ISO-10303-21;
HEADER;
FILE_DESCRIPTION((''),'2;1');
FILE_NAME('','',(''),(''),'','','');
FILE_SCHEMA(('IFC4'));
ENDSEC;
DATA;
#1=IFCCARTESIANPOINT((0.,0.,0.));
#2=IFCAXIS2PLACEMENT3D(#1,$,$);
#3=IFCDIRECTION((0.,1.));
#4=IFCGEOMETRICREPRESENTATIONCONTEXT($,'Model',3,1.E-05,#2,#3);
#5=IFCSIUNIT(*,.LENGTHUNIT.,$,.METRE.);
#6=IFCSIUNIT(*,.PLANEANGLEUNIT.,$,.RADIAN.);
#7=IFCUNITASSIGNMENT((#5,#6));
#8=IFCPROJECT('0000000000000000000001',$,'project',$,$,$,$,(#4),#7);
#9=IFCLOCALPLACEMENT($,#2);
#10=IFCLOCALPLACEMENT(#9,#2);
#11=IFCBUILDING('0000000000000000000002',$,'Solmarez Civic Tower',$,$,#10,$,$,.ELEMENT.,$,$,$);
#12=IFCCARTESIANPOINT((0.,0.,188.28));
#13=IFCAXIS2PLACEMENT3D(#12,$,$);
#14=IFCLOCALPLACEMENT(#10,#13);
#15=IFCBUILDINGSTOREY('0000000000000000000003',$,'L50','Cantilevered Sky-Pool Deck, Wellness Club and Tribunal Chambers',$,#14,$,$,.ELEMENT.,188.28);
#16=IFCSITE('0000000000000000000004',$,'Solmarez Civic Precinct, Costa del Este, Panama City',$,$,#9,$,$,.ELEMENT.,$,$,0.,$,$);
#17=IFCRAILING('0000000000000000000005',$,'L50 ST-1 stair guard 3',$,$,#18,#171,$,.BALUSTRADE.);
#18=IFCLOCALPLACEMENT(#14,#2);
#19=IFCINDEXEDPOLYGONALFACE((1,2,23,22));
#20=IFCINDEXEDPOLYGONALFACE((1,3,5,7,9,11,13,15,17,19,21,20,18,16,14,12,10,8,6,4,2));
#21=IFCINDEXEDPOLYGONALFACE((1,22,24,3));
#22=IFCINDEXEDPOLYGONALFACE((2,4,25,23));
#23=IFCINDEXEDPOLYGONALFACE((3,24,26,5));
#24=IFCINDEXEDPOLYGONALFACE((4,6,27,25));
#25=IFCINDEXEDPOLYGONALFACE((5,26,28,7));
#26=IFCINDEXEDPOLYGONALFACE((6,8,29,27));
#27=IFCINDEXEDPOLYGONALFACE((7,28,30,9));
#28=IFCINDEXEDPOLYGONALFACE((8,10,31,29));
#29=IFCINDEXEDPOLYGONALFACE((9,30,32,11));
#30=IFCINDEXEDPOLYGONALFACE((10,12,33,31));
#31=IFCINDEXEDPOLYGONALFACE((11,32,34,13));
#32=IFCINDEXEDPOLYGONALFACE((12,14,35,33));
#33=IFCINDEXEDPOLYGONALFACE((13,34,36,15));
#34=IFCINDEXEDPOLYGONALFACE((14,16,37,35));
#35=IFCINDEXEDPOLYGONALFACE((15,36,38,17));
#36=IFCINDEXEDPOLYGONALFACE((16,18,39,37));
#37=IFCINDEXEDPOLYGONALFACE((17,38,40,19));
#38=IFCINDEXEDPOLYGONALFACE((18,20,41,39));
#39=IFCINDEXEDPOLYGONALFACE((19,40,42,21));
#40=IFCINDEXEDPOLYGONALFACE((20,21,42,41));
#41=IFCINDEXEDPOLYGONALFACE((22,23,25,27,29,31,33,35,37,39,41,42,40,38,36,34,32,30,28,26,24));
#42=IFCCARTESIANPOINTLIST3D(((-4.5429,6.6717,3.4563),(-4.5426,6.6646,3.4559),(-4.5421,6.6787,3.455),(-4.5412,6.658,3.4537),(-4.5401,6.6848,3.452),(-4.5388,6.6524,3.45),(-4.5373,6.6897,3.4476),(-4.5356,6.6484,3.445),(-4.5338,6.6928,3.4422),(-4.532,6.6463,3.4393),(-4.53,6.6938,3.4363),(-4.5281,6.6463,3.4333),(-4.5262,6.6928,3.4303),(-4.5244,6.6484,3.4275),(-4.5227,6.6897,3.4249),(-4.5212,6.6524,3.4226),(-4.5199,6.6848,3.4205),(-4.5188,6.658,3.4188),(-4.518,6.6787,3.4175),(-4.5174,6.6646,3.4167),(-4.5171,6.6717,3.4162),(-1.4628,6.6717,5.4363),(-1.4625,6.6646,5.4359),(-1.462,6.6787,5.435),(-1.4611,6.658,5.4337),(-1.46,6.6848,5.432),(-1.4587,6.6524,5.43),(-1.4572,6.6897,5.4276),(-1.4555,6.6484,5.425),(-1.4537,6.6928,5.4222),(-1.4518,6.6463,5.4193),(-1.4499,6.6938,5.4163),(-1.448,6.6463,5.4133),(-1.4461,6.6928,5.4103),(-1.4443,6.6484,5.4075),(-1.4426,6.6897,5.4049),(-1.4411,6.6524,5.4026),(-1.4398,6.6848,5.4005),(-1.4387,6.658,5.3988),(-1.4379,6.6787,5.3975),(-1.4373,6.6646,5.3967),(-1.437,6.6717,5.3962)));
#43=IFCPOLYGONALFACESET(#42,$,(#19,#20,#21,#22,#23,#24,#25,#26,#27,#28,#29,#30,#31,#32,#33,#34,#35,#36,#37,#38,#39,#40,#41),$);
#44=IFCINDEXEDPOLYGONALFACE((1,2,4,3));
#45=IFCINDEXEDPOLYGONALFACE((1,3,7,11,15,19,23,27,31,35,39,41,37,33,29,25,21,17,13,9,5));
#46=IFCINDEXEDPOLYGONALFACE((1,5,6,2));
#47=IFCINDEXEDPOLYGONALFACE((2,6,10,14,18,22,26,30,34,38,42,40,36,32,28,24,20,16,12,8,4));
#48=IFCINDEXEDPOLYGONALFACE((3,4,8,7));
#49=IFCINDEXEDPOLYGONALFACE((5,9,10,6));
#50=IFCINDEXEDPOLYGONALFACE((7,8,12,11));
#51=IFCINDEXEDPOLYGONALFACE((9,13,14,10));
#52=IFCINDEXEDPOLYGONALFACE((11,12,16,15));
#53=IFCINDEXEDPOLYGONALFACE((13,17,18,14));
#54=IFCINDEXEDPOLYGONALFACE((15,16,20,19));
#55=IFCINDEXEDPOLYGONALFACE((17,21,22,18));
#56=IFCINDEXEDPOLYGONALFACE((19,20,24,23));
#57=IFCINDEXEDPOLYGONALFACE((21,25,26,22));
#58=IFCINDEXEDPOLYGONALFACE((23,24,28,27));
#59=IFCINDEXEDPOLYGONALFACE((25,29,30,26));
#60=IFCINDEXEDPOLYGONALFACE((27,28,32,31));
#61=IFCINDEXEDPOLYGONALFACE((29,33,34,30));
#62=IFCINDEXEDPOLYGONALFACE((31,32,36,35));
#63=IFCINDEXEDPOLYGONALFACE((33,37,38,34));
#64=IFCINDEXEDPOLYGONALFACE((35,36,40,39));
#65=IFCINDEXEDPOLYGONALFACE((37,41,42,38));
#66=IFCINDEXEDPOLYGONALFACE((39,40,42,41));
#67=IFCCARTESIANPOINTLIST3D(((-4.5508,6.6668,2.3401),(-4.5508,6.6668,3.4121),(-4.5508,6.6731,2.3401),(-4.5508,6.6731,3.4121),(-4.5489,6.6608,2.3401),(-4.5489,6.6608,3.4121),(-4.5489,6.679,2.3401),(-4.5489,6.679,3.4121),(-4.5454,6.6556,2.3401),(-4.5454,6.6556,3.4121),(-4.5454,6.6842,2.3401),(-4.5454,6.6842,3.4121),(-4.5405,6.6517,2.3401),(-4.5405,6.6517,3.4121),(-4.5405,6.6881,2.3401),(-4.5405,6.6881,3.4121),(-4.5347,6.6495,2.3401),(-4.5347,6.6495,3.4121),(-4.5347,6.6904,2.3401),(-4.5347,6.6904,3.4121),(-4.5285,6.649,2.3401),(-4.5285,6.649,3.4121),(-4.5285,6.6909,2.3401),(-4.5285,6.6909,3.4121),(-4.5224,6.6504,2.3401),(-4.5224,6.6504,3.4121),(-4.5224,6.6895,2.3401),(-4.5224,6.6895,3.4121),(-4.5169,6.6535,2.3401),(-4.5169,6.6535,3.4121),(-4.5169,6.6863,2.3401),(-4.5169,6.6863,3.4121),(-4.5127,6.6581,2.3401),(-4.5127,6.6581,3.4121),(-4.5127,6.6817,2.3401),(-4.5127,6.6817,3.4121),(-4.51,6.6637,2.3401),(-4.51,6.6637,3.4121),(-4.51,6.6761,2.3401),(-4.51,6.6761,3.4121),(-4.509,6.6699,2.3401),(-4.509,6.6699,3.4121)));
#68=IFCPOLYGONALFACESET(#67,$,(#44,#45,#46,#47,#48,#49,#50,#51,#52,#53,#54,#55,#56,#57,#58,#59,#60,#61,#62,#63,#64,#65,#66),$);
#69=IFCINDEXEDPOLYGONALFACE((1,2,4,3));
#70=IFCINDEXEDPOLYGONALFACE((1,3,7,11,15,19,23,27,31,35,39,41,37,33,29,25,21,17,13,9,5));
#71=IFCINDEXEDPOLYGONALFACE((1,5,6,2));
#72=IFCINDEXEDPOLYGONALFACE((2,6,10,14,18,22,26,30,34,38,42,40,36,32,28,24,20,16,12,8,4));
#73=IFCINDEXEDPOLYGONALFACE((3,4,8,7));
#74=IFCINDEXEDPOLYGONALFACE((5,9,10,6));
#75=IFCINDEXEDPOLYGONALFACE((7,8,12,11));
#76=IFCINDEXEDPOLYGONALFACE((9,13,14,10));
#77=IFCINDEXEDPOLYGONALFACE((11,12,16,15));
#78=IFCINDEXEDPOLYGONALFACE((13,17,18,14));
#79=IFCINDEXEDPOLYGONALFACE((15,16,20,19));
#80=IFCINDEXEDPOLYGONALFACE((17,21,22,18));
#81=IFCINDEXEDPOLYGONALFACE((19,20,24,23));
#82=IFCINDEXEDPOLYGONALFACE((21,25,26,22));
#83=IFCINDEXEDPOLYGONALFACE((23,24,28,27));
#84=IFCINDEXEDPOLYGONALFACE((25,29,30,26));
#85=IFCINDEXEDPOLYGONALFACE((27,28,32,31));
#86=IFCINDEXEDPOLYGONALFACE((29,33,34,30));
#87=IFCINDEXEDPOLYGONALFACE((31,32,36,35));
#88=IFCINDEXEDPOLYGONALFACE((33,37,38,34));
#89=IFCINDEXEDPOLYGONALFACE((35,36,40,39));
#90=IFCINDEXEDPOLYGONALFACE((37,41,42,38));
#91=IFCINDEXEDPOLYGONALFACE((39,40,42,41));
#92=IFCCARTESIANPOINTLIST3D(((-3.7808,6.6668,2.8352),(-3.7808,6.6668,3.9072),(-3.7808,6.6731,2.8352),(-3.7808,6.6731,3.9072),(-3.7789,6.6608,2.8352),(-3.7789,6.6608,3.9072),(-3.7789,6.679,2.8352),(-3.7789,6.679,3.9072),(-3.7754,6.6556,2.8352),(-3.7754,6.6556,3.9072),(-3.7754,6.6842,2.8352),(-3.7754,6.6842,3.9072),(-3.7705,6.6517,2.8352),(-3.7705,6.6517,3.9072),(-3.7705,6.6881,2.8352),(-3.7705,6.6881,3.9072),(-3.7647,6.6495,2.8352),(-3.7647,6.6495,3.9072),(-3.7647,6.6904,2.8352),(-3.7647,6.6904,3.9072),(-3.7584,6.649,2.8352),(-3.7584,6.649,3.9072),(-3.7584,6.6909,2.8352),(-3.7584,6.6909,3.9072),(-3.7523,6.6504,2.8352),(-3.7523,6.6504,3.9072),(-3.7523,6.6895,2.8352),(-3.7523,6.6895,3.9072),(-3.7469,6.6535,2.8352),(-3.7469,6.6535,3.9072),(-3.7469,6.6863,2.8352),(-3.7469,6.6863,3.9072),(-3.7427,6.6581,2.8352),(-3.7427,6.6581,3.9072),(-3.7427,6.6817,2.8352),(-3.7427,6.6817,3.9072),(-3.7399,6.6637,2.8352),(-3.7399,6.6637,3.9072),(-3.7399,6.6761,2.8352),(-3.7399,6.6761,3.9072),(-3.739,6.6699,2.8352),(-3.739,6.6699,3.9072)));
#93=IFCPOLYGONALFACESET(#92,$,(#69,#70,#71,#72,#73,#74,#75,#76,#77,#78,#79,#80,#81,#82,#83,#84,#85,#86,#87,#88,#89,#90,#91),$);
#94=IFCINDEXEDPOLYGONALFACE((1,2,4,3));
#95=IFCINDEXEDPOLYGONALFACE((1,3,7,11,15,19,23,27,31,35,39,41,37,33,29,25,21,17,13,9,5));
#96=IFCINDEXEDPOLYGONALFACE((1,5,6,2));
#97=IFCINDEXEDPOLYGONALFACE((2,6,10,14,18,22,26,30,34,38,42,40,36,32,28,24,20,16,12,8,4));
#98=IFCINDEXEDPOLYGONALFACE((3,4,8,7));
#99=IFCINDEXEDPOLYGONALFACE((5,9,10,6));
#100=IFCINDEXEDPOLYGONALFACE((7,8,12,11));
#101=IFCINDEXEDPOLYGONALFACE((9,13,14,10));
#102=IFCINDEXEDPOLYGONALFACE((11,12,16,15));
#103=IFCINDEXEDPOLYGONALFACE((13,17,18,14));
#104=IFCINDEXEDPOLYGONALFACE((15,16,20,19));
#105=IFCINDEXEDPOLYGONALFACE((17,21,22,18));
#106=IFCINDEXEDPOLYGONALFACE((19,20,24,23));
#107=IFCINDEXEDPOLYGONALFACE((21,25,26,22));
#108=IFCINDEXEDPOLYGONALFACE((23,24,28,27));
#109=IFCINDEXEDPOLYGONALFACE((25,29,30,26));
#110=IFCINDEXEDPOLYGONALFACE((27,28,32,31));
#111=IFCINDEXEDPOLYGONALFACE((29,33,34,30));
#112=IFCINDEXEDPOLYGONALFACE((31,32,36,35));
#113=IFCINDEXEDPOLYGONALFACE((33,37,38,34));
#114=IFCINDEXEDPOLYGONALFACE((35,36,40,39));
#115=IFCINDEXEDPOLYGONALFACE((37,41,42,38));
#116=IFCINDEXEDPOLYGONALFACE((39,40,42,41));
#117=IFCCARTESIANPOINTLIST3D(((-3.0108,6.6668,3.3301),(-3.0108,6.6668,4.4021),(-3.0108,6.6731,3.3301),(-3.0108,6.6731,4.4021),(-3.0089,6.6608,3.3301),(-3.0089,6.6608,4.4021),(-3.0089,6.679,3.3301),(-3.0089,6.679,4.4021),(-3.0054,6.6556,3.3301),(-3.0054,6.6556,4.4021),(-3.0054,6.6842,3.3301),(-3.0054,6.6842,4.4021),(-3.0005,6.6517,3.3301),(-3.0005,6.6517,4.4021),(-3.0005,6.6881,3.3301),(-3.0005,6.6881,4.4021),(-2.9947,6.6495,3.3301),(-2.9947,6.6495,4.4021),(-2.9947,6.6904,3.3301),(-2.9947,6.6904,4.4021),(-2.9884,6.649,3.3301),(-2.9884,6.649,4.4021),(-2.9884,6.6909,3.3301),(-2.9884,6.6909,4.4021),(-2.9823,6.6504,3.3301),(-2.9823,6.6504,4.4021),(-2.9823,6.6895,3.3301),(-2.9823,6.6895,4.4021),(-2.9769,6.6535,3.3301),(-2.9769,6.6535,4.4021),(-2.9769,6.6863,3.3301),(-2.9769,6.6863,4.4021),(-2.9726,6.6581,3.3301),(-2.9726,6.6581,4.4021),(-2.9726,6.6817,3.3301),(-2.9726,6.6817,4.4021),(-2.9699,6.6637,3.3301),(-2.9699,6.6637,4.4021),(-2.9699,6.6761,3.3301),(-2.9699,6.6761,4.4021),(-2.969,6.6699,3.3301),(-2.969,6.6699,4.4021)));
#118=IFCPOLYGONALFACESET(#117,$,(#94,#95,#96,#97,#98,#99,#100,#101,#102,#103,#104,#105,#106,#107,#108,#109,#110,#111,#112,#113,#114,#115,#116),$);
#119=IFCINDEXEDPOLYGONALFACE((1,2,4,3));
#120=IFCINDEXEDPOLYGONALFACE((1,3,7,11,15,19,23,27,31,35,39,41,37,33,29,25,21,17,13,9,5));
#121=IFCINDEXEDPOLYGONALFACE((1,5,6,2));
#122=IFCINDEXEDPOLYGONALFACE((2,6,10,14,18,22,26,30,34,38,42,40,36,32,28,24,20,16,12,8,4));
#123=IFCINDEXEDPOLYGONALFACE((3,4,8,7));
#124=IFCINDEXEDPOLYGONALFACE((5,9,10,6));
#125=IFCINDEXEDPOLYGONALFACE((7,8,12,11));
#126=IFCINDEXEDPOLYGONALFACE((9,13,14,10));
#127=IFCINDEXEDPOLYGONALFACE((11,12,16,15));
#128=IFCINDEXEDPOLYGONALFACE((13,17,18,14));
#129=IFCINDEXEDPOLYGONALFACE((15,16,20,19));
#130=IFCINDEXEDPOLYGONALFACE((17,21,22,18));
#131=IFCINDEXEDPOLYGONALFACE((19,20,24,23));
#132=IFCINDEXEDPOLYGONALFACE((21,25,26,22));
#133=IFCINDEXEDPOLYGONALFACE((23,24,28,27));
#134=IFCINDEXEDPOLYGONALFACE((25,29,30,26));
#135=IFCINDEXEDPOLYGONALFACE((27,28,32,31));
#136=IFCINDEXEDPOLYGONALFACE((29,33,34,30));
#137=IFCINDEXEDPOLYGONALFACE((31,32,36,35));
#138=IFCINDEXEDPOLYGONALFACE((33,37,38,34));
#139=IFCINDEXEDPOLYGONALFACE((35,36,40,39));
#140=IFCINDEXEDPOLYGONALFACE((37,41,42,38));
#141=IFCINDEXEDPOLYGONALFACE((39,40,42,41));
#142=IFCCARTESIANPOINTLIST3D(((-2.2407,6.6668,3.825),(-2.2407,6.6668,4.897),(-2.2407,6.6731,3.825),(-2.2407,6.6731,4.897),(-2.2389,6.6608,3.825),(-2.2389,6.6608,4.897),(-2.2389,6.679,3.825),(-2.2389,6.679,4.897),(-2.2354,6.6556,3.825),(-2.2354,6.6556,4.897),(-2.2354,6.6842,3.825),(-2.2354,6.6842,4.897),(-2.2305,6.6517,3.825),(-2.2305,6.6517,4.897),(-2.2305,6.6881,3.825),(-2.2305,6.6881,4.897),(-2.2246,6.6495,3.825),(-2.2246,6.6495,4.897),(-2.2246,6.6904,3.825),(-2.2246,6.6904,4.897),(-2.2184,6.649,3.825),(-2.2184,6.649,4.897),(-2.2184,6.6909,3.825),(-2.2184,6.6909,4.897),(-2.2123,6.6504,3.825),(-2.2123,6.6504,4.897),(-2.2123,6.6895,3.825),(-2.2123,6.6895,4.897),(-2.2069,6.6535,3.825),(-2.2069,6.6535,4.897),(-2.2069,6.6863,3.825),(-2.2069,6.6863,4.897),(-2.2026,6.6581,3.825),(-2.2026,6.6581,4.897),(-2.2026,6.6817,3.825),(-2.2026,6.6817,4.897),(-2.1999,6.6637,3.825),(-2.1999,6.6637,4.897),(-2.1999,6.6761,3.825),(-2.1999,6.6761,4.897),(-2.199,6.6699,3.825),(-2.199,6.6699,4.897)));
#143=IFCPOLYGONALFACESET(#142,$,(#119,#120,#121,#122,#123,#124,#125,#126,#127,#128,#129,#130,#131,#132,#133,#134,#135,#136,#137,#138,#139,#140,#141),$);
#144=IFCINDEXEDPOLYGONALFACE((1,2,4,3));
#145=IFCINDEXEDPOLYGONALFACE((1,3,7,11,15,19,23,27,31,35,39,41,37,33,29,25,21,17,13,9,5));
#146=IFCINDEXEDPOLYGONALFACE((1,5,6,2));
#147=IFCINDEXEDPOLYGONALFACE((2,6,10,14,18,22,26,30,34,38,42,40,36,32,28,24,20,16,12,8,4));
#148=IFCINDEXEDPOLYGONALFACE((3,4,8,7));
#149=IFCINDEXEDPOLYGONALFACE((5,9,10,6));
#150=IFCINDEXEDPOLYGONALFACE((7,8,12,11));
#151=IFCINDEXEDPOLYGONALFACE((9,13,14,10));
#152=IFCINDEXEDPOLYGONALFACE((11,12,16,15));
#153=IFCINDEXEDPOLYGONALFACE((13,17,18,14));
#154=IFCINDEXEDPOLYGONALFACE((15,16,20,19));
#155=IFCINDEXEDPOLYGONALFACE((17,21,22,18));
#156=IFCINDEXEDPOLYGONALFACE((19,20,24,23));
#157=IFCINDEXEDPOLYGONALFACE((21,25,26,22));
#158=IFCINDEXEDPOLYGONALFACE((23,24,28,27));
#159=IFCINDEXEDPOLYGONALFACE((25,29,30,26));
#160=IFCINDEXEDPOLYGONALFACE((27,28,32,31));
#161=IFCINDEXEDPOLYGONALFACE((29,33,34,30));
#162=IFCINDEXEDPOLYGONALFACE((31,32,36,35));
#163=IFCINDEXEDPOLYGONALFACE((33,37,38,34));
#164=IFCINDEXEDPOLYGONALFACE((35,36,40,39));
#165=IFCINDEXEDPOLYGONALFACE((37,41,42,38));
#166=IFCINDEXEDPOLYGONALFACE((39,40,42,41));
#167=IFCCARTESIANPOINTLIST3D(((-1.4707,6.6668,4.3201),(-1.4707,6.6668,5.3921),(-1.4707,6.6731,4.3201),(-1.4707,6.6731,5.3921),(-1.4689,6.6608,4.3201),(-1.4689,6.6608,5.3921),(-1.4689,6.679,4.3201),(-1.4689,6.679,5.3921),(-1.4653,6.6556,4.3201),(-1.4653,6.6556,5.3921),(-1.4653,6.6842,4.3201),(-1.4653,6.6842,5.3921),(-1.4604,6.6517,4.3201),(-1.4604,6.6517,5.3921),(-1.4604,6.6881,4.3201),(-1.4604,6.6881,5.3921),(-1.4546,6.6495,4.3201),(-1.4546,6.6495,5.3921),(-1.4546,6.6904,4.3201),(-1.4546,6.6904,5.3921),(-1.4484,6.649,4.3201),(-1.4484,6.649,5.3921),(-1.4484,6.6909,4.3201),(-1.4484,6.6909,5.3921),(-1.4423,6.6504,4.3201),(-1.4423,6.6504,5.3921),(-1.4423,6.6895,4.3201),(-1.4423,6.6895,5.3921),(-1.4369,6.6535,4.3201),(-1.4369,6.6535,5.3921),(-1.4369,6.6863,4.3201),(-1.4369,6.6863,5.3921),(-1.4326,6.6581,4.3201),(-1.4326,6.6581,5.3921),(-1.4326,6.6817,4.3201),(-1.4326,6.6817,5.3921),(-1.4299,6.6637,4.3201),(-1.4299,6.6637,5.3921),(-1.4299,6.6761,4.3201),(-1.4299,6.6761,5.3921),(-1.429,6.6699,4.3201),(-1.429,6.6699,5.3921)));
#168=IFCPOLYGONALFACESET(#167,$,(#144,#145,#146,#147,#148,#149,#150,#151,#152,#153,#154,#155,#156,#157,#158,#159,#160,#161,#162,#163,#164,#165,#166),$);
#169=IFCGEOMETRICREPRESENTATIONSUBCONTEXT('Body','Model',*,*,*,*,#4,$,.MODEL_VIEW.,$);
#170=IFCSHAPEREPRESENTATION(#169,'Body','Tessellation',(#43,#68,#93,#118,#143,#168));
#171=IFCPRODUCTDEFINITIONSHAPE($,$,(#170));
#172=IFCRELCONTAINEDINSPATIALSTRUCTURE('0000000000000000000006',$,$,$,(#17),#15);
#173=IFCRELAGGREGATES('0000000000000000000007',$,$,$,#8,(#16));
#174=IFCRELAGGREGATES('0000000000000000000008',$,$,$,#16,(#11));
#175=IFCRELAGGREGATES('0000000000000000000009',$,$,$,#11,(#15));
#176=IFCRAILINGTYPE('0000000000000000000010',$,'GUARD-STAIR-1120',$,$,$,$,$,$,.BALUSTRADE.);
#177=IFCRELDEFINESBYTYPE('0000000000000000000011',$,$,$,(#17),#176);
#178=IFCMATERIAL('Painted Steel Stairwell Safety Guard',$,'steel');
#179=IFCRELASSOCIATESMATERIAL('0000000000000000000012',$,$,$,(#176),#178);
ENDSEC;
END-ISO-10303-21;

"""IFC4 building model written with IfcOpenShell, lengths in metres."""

from ifc_helpers import new_model, si_unit, direction, frame, origin, origin_2d, place, context, subcontext, project, spatial, circle, extrude, material, type_object, element, save


model = new_model("IFC4")

# Units and contexts
model_context = context("Model", 3, precision=1e-05, world=origin(), true_north=direction((0.0, 1.0)))
body_context = subcontext(model_context, "Body", "Model", "MODEL_VIEW")
ifc_project = project(units=[si_unit("LENGTHUNIT", "METRE"), si_unit("PLANEANGLEUNIT", "RADIAN")], contexts=[model_context])

# Site, building, storey
site_placement = place(None, origin())
site = spatial("IfcSite", under=ifc_project, at=site_placement, Name="Solmarez Civic Precinct, Costa del Este, Panama City", CompositionType="ELEMENT", RefElevation=0.0)
building_placement = place(site_placement, origin())
building = spatial("IfcBuilding", under=site, at=building_placement, Name="Solmarez Civic Tower", CompositionType="ELEMENT")
storey_placement = place(building_placement, frame((0.0, 0.0, 188.28)))
storey = spatial("IfcBuildingStorey", under=building, at=storey_placement, Name="L50", Description="Cantilevered Sky-Pool Deck, Wellness Club and Tribunal Chambers", CompositionType="ELEMENT", Elevation=188.28)

# Railing
ifc_material_1 = material(Name="Painted Steel Stairwell Safety Guard", Category="steel")
railing_type_1 = type_object("IfcRailingType", Name="GUARD-STAIR-1120", PredefinedType="BALUSTRADE", material=ifc_material_1)
railing_1_placement = place(storey_placement, frame((-4.53, 6.6699, 2.3401)))
element("IfcRailing", 1, at=railing_1_placement, inside=storey, type_object=railing_type_1, Name="L50 ST-1 stair guard 3", PredefinedType="BALUSTRADE", context=body_context, shape_type="SweptSolid", body=[
    extrude(circle(Radius=0.0239, at=origin_2d()), frame((0.0, 0.0, 1.0962), z_axis=(0.841187, 0.0, 0.540744), x_axis=(0.0, 1.0, 0.0)), (0.0, 0.0, 1.0), 3.6616),
    extrude(circle(Radius=0.021, at=origin_2d()), origin(), (0.0, 0.0, 1.0), 1.072),
    extrude(circle(Radius=0.021, at=origin_2d()), frame((0.77, 0.0, 0.4951)), (0.0, 0.0, 1.0), 1.072),
    extrude(circle(Radius=0.021, at=origin_2d()), frame((1.54, 0.0, 0.99)), (0.0, 0.0, 1.0), 1.072),
    extrude(circle(Radius=0.021, at=origin_2d()), frame((2.3101, 0.0, 1.4849)), (0.0, 0.0, 1.0), 1.072),
    extrude(circle(Radius=0.021, at=origin_2d()), frame((3.0801, 0.0, 1.98)), (0.0, 0.0, 1.0), 1.072),
])

save(model, "model.ifc")
